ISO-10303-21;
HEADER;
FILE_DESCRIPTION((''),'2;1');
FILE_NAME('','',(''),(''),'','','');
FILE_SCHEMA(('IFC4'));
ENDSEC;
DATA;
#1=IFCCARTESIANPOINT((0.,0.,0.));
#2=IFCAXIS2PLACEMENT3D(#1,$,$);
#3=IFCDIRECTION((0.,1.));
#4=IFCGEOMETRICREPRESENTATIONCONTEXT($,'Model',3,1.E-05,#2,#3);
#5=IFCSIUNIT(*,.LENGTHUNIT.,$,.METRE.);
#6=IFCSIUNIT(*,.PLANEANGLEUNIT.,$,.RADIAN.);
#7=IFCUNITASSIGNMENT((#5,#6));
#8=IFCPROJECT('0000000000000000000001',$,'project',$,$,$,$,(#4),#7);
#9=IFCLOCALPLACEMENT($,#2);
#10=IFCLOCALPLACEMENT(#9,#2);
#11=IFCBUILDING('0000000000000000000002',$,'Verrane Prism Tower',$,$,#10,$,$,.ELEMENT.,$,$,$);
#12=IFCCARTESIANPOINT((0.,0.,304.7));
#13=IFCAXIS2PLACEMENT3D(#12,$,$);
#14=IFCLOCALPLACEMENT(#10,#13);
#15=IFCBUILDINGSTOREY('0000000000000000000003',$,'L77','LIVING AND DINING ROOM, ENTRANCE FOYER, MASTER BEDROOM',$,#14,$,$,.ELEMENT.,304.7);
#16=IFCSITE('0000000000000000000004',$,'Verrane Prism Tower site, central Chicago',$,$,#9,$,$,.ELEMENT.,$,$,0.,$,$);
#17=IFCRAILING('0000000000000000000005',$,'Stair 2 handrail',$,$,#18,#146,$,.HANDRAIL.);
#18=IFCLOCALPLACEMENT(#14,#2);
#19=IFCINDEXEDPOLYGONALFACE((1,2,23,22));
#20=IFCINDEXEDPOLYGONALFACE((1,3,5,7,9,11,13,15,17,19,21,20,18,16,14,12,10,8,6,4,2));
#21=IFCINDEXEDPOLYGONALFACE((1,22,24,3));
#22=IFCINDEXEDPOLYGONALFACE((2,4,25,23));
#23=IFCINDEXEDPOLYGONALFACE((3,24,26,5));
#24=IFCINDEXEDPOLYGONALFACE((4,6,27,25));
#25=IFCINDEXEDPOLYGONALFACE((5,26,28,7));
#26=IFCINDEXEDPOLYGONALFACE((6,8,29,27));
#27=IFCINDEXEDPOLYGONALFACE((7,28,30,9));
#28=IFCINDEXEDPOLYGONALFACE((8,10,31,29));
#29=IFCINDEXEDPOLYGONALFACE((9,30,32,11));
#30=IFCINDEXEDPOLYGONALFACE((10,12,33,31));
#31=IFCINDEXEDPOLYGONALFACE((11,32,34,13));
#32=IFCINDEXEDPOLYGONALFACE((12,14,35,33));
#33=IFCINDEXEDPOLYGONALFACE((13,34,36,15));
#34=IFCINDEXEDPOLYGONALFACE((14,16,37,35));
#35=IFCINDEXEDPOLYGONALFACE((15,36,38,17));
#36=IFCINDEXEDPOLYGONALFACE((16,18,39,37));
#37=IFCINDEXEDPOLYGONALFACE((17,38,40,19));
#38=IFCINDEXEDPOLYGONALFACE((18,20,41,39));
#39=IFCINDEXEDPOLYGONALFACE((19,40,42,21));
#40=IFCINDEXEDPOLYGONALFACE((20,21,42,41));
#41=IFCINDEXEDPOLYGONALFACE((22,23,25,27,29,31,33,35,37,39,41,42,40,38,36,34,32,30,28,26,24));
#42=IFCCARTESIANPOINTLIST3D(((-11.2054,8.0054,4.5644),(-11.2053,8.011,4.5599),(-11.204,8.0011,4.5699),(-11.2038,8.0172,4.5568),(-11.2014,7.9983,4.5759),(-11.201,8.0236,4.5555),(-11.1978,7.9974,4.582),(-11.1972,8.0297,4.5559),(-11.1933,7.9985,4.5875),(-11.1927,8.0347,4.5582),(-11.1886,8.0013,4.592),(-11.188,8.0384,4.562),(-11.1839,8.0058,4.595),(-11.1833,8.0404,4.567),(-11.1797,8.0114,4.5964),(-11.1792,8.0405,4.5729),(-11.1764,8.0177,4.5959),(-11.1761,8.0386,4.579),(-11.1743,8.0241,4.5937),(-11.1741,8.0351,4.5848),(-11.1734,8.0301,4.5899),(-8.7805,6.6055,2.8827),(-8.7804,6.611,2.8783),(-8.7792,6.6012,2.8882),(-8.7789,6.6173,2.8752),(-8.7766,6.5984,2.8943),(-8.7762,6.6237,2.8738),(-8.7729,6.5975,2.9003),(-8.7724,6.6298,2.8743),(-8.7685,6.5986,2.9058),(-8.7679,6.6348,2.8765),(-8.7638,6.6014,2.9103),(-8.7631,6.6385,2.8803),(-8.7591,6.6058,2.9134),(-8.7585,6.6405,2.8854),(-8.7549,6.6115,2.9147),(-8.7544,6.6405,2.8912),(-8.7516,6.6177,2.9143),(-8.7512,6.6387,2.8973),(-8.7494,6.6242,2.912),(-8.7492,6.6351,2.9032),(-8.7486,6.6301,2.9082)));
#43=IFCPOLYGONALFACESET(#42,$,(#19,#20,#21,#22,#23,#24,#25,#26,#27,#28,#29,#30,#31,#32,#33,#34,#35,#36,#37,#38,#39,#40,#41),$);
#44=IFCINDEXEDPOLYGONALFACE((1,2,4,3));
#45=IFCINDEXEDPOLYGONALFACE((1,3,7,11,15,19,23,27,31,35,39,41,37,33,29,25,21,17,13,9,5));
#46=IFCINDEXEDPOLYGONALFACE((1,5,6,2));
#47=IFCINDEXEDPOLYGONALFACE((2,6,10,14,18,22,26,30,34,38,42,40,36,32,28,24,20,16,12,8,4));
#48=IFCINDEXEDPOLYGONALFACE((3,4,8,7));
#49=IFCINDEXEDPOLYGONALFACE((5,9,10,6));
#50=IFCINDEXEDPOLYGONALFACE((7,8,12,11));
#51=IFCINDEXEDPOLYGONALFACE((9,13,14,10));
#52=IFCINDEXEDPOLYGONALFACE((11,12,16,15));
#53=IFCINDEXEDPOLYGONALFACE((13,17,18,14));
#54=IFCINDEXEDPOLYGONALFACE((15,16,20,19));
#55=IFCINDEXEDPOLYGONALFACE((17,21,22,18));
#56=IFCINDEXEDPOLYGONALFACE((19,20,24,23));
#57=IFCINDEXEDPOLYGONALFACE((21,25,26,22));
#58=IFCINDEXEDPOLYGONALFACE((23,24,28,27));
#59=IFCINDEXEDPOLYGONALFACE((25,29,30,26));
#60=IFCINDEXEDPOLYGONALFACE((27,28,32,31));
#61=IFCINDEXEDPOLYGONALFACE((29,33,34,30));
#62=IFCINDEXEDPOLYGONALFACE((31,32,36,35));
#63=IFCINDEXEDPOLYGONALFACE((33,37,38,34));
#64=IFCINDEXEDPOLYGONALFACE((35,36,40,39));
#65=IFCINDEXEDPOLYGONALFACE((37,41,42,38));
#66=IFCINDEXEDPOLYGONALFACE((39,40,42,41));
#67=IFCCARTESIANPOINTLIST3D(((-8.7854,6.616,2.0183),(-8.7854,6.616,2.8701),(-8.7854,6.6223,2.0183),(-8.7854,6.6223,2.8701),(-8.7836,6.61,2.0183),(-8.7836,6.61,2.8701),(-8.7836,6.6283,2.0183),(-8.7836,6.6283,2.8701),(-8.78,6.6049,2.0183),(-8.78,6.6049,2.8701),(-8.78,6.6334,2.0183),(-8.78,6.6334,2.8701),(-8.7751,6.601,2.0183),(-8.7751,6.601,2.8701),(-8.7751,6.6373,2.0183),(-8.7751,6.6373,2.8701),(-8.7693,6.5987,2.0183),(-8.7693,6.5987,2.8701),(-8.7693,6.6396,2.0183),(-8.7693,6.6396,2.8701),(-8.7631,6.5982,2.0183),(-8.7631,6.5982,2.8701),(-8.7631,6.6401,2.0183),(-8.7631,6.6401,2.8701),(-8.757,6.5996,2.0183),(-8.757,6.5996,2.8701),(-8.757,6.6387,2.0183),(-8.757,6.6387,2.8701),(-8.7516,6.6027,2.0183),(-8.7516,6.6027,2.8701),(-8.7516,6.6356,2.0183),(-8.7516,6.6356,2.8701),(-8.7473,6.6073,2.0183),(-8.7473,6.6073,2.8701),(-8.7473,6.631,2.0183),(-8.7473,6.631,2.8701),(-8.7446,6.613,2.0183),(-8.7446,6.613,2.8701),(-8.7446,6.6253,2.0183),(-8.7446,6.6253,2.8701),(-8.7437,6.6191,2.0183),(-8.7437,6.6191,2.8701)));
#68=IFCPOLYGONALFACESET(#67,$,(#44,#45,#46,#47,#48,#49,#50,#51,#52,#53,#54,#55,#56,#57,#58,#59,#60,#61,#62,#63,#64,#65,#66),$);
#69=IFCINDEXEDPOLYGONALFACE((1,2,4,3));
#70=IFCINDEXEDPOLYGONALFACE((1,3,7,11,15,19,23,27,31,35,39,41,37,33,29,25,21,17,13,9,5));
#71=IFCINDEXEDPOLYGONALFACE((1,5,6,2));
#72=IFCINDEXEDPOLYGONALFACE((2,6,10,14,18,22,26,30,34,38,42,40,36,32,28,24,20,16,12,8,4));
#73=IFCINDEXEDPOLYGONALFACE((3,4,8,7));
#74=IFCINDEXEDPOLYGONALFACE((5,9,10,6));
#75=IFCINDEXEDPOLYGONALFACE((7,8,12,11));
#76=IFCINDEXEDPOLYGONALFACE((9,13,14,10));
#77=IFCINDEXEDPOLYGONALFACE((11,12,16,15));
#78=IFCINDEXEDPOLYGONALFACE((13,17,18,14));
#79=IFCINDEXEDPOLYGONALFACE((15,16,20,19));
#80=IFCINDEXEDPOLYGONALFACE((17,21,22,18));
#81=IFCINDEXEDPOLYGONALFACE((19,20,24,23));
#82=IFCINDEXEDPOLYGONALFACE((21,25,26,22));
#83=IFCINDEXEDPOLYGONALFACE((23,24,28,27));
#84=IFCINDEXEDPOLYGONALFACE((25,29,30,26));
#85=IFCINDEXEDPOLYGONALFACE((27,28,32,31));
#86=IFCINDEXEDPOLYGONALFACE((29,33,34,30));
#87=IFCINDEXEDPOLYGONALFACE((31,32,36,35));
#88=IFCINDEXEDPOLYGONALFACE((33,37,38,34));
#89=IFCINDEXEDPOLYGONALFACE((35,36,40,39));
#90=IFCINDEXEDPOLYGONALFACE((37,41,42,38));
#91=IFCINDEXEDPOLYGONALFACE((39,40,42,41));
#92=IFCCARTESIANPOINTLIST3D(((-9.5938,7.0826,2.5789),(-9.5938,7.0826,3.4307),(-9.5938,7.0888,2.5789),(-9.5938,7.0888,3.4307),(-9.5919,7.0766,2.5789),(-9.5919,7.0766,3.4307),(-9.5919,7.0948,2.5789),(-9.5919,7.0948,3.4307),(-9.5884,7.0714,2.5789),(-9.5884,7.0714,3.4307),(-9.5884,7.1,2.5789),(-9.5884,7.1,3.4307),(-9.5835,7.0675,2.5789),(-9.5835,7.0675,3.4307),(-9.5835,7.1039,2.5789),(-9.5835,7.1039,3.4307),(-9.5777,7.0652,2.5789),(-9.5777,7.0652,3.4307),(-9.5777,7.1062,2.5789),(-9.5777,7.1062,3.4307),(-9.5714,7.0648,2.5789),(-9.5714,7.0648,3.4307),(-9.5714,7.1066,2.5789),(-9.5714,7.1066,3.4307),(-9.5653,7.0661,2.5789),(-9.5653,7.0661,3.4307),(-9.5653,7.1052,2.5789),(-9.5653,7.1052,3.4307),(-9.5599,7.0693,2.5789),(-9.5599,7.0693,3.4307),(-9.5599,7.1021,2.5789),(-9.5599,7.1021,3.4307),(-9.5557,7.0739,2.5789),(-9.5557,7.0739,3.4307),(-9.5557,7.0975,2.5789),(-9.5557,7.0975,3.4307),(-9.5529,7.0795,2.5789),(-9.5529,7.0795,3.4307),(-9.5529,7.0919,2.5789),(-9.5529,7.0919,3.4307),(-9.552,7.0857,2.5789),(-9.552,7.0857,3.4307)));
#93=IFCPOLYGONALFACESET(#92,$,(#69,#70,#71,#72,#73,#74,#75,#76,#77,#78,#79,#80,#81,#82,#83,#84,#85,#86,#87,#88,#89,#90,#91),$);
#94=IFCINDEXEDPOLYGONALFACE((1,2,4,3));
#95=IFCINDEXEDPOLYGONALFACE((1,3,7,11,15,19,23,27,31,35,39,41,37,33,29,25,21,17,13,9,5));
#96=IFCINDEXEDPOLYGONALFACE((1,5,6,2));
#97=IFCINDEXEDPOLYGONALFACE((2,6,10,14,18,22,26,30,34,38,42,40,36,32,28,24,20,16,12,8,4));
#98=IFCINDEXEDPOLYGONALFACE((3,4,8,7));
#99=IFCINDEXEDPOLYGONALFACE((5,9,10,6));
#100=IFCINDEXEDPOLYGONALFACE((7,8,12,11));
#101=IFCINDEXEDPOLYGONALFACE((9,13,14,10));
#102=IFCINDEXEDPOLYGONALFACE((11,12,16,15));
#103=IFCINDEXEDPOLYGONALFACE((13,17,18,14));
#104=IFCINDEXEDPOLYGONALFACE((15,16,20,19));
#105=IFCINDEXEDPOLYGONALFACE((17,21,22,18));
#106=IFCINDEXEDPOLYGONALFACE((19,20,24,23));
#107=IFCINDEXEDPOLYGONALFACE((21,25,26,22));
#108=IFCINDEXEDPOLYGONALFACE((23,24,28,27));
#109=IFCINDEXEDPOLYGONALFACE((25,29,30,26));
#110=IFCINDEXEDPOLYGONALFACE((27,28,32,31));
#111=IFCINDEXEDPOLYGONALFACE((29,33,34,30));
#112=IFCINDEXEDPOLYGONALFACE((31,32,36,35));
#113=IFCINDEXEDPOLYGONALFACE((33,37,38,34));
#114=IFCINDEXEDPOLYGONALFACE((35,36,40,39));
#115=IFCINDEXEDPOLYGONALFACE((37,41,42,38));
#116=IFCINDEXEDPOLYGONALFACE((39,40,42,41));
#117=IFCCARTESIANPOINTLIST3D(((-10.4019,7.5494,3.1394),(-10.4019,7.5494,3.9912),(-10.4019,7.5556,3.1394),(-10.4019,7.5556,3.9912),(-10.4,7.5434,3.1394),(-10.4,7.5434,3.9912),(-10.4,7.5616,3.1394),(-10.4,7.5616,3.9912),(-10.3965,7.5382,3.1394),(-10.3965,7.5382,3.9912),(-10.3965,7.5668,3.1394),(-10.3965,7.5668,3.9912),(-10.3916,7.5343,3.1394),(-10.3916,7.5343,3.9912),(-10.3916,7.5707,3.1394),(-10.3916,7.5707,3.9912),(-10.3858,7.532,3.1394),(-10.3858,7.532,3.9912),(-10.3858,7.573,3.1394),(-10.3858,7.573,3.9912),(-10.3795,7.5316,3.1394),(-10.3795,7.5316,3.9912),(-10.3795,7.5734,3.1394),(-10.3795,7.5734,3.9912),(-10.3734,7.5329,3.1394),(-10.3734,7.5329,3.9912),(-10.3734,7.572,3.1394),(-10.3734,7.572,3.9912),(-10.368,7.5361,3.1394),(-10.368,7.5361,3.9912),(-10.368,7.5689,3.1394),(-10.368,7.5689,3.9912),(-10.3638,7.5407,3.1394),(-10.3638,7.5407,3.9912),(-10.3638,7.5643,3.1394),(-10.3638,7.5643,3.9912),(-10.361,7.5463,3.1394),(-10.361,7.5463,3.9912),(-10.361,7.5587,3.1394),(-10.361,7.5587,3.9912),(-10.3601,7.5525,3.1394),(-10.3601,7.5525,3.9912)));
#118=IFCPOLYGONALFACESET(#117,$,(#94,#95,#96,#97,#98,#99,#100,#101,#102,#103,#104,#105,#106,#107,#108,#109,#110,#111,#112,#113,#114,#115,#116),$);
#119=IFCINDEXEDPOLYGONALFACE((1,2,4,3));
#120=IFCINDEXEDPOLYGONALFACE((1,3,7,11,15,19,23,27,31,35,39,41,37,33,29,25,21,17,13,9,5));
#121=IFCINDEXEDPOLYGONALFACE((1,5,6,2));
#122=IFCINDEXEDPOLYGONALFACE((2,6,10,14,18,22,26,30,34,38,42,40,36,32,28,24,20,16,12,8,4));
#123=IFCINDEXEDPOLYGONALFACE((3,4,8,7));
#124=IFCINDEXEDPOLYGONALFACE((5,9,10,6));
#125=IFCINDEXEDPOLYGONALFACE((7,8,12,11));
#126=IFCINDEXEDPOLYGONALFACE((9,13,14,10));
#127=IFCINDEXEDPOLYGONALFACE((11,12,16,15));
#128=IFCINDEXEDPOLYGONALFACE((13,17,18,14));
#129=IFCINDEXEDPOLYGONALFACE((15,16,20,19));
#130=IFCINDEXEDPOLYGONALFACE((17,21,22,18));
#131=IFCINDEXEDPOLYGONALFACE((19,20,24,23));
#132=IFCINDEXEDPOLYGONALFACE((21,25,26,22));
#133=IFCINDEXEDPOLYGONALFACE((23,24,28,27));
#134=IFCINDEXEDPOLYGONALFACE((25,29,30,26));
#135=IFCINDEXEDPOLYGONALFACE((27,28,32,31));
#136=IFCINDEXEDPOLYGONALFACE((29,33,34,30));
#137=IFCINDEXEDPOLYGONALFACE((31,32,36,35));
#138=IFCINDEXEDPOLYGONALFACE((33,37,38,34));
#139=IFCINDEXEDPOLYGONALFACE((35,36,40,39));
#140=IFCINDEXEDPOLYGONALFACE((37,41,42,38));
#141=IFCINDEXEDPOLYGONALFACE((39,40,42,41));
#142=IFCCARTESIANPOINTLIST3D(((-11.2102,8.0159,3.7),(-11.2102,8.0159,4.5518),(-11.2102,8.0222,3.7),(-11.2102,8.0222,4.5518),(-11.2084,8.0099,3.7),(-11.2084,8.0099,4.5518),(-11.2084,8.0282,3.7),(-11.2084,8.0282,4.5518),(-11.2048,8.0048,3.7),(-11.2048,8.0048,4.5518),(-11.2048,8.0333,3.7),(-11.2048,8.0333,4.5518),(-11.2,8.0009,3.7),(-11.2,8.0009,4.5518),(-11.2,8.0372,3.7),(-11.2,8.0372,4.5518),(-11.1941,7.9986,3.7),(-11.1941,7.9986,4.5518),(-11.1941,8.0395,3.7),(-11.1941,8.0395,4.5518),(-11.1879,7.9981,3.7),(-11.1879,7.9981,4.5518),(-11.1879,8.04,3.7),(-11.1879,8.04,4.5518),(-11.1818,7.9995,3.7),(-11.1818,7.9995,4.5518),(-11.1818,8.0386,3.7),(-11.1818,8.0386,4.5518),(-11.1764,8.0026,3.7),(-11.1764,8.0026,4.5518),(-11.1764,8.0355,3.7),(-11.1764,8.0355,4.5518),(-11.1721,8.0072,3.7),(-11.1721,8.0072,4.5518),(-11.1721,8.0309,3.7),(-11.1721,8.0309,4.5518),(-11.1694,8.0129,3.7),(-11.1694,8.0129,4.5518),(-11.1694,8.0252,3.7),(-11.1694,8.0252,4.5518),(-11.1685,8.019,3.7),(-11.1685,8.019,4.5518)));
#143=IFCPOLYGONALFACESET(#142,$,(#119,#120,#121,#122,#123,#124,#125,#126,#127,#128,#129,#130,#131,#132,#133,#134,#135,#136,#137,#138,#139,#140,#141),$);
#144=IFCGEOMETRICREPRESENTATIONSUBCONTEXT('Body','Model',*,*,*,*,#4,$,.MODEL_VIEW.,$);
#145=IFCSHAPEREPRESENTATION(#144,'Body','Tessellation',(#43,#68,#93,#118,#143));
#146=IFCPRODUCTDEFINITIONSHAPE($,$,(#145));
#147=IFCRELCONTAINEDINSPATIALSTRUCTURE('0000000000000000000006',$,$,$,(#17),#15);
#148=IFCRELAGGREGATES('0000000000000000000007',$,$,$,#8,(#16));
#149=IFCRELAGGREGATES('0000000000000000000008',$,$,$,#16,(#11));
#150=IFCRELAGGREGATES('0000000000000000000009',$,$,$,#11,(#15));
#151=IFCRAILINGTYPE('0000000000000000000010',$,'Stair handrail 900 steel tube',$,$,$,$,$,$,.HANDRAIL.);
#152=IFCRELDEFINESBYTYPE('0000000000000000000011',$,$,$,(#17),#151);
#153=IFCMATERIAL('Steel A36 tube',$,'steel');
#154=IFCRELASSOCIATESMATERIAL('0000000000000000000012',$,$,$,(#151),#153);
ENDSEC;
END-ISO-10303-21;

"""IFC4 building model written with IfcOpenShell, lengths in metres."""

from ifc_helpers import new_model, si_unit, direction, frame, origin, origin_2d, place, context, subcontext, project, spatial, circle, extrude, material, type_object, element, save


model = new_model("IFC4")

# Units and contexts
model_context = context("Model", 3, precision=1e-05, world=origin(), true_north=direction((0.0, 1.0)))
body_context = subcontext(model_context, "Body", "Model", "MODEL_VIEW")
ifc_project = project(units=[si_unit("LENGTHUNIT", "METRE"), si_unit("PLANEANGLEUNIT", "RADIAN")], contexts=[model_context])

# Site, building, storey
site_placement = place(None, origin())
site = spatial("IfcSite", under=ifc_project, at=site_placement, Name="Verrane Prism Tower site, central Chicago", CompositionType="ELEMENT", RefElevation=0.0)
building_placement = place(site_placement, origin())
building = spatial("IfcBuilding", under=site, at=building_placement, Name="Verrane Prism Tower", CompositionType="ELEMENT")
storey_placement = place(building_placement, frame((0.0, 0.0, 304.7)))
storey = spatial("IfcBuildingStorey", under=building, at=storey_placement, Name="L77", Description="LIVING AND DINING ROOM, ENTRANCE FOYER, MASTER BEDROOM", CompositionType="ELEMENT", Elevation=304.7)

# Railing
ifc_material_1 = material(Name="Steel A36 tube", Category="steel")
railing_type_1 = type_object("IfcRailingType", Name="Stair handrail 900 steel tube", PredefinedType="HANDRAIL", material=ifc_material_1)
railing_1_placement = place(storey_placement, frame((-8.7646, 6.6191, 2.0183)))
element("IfcRailing", 1, at=railing_1_placement, inside=storey, type_object=railing_type_1, Name="Stair 2 handrail", PredefinedType="HANDRAIL", context=body_context, shape_type="SweptSolid", body=[
    extrude(circle(Radius=0.0239, at=origin_2d()), frame((0.0, 0.0, 0.876), z_axis=(-0.742419, 0.428618, 0.514879), x_axis=(-0.499984, -0.866035, 0.0)), (0.0, 0.0, 1.0), 3.2661),
    extrude(circle(Radius=0.021, at=origin_2d()), origin(), (0.0, 0.0, 1.0), 0.8518),
    extrude(circle(Radius=0.021, at=origin_2d()), frame((-0.8083, 0.4666, 0.5605)), (0.0, 0.0, 1.0), 0.8518),
    extrude(circle(Radius=0.021, at=origin_2d()), frame((-1.6165, 0.9333, 1.1211)), (0.0, 0.0, 1.0), 0.8518),
    extrude(circle(Radius=0.021, at=origin_2d()), frame((-2.4248, 1.3999, 1.6816)), (0.0, 0.0, 1.0), 0.8518),
])

save(model, "model.ifc")
